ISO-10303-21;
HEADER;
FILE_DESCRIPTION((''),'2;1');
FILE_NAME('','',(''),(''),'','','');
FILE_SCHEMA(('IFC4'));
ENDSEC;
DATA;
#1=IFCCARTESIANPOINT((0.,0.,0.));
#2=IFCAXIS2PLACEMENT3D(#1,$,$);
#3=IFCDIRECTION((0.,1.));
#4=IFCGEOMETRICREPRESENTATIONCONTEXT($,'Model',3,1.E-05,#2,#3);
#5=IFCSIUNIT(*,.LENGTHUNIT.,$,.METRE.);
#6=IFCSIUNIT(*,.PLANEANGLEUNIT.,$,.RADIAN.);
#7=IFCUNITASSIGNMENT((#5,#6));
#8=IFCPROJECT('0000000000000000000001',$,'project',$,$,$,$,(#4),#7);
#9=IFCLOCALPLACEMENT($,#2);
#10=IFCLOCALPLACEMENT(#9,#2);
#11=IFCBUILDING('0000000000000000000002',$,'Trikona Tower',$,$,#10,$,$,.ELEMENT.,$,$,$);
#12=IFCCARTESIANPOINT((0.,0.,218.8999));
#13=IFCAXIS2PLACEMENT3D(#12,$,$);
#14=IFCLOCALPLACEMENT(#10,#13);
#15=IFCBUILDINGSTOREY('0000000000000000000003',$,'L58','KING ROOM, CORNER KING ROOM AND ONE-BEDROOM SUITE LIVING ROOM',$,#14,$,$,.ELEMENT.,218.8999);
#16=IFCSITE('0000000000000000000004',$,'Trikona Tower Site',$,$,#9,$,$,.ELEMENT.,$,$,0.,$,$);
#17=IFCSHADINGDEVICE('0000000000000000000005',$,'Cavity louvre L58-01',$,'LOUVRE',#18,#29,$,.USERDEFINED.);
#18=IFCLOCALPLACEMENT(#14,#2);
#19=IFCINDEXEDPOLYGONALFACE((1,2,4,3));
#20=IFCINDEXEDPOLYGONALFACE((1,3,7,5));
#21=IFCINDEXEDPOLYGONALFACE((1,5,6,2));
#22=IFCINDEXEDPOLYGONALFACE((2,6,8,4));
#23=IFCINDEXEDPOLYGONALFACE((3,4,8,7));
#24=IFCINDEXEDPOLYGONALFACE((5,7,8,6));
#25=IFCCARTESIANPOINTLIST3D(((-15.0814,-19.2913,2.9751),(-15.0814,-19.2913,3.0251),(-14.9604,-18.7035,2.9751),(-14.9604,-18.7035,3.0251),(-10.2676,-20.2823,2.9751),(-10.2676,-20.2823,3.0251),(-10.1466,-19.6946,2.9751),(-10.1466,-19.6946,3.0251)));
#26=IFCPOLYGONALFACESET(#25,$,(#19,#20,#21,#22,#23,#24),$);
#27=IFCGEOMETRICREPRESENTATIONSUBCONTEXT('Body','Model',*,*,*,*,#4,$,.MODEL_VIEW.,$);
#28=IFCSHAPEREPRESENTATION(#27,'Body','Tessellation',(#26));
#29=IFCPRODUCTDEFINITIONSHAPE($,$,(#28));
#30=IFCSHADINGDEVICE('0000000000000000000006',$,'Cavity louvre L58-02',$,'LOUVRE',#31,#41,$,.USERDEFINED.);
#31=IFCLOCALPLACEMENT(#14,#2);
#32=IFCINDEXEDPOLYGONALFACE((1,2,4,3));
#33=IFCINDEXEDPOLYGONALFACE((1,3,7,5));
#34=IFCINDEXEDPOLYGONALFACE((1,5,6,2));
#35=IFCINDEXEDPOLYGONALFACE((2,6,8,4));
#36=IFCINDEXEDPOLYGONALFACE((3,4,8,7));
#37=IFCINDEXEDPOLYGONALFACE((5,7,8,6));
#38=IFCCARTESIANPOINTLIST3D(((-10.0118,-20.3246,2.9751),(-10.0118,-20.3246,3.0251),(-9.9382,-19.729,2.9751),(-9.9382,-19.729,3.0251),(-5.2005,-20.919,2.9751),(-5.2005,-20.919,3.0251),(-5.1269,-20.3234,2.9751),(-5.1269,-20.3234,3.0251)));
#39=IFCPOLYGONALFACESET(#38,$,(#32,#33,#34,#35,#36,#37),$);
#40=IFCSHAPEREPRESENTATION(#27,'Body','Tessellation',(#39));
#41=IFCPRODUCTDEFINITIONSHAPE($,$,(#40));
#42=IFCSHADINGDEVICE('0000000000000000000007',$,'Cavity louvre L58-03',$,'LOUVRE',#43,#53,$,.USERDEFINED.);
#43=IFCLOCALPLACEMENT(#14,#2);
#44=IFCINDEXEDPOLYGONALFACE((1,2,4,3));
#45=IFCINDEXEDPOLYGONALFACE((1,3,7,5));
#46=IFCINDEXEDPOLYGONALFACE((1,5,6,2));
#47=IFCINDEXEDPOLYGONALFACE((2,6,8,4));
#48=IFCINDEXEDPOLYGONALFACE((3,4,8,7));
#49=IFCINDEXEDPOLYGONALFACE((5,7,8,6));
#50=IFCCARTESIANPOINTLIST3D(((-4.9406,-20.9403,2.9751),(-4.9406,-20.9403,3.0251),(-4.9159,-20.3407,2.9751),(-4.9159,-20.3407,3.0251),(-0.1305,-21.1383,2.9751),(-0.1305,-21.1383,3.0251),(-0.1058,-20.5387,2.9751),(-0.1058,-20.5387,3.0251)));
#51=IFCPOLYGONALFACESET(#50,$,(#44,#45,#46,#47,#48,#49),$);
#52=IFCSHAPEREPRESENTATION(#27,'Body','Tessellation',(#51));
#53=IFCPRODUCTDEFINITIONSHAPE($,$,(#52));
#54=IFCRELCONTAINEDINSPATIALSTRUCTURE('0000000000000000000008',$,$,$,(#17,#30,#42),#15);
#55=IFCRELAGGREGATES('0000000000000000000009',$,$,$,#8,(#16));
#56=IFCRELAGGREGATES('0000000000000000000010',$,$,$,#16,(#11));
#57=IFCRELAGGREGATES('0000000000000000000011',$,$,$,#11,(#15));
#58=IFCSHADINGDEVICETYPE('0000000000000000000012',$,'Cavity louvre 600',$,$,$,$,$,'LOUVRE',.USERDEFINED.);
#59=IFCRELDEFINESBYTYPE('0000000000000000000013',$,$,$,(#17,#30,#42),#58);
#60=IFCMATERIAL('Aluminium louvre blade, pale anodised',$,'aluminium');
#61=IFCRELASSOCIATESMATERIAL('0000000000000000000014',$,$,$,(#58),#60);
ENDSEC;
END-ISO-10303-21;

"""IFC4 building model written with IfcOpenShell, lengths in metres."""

from ifc_helpers import new_model, si_unit, direction, frame, origin, origin_2d, place, context, subcontext, project, spatial, rectangle, extrude, material, type_object, element, save


model = new_model("IFC4")

# Units and contexts
model_context = context("Model", 3, precision=1e-05, world=origin(), true_north=direction((0.0, 1.0)))
body_context = subcontext(model_context, "Body", "Model", "MODEL_VIEW")
ifc_project = project(units=[si_unit("LENGTHUNIT", "METRE"), si_unit("PLANEANGLEUNIT", "RADIAN")], contexts=[model_context])

# Site, building, storey
site_placement = place(None, origin())
site = spatial("IfcSite", under=ifc_project, at=site_placement, Name="Trikona Tower Site", CompositionType="ELEMENT", RefElevation=0.0)
building_placement = place(site_placement, origin())
building = spatial("IfcBuilding", under=site, at=building_placement, Name="Trikona Tower", CompositionType="ELEMENT")
storey_placement = place(building_placement, frame((0.0, 0.0, 218.8999)))
storey = spatial("IfcBuildingStorey", under=building, at=storey_placement, Name="L58", Description="KING ROOM, CORNER KING ROOM AND ONE-BEDROOM SUITE LIVING ROOM", CompositionType="ELEMENT", Elevation=218.8999)

# Shading devices
ifc_material_1 = material(Name="Aluminium louvre blade, pale anodised", Category="aluminium")
shading_device_type = type_object("IfcShadingDeviceType", Name="Cavity louvre 600", ElementType="LOUVRE", PredefinedType="USERDEFINED", material=ifc_material_1)
shading_device_1_placement = place(storey_placement, frame((-12.614, -19.4929, 2.9751), z_axis=(0.0, 0.0, 1.0), x_axis=(0.979458, -0.201651, 0.0)))
element("IfcShadingDevice", 1, at=shading_device_1_placement, inside=storey, type_object=shading_device_type, Name="Cavity louvre L58-01", ObjectType="LOUVRE", PredefinedType="USERDEFINED", context=body_context, shape_type="SweptSolid", body=[
    extrude(rectangle(XDim=4.9148, YDim=0.6001, at=origin_2d()), origin(), (0.0, 0.0, 1.0), 0.05),
])
shading_device_2_placement = place(storey_placement, frame((-7.5693, -20.324, 2.9751), z_axis=(0.0, 0.0, 1.0), x_axis=(0.992455, -0.122607, 0.0)))
element("IfcShadingDevice", 2, at=shading_device_2_placement, inside=storey, type_object=shading_device_type, Name="Cavity louvre L58-02", ObjectType="LOUVRE", PredefinedType="USERDEFINED", context=body_context, shape_type="SweptSolid", body=[
    extrude(rectangle(XDim=4.8479, YDim=0.6001, at=origin_2d()), origin(), (0.0, 0.0, 1.0), 0.05),
])
shading_device_3_placement = place(storey_placement, frame((-2.5232, -20.7395, 2.9751), z_axis=(0.0, 0.0, 1.0), x_axis=(0.999153, -0.041145, 0.0)))
element("IfcShadingDevice", 3, at=shading_device_3_placement, inside=storey, type_object=shading_device_type, Name="Cavity louvre L58-03", ObjectType="LOUVRE", PredefinedType="USERDEFINED", context=body_context, shape_type="SweptSolid", body=[
    extrude(rectangle(XDim=4.8142, YDim=0.6001, at=origin_2d()), origin(), (0.0, 0.0, 1.0), 0.05),
])

save(model, "model.ifc")
